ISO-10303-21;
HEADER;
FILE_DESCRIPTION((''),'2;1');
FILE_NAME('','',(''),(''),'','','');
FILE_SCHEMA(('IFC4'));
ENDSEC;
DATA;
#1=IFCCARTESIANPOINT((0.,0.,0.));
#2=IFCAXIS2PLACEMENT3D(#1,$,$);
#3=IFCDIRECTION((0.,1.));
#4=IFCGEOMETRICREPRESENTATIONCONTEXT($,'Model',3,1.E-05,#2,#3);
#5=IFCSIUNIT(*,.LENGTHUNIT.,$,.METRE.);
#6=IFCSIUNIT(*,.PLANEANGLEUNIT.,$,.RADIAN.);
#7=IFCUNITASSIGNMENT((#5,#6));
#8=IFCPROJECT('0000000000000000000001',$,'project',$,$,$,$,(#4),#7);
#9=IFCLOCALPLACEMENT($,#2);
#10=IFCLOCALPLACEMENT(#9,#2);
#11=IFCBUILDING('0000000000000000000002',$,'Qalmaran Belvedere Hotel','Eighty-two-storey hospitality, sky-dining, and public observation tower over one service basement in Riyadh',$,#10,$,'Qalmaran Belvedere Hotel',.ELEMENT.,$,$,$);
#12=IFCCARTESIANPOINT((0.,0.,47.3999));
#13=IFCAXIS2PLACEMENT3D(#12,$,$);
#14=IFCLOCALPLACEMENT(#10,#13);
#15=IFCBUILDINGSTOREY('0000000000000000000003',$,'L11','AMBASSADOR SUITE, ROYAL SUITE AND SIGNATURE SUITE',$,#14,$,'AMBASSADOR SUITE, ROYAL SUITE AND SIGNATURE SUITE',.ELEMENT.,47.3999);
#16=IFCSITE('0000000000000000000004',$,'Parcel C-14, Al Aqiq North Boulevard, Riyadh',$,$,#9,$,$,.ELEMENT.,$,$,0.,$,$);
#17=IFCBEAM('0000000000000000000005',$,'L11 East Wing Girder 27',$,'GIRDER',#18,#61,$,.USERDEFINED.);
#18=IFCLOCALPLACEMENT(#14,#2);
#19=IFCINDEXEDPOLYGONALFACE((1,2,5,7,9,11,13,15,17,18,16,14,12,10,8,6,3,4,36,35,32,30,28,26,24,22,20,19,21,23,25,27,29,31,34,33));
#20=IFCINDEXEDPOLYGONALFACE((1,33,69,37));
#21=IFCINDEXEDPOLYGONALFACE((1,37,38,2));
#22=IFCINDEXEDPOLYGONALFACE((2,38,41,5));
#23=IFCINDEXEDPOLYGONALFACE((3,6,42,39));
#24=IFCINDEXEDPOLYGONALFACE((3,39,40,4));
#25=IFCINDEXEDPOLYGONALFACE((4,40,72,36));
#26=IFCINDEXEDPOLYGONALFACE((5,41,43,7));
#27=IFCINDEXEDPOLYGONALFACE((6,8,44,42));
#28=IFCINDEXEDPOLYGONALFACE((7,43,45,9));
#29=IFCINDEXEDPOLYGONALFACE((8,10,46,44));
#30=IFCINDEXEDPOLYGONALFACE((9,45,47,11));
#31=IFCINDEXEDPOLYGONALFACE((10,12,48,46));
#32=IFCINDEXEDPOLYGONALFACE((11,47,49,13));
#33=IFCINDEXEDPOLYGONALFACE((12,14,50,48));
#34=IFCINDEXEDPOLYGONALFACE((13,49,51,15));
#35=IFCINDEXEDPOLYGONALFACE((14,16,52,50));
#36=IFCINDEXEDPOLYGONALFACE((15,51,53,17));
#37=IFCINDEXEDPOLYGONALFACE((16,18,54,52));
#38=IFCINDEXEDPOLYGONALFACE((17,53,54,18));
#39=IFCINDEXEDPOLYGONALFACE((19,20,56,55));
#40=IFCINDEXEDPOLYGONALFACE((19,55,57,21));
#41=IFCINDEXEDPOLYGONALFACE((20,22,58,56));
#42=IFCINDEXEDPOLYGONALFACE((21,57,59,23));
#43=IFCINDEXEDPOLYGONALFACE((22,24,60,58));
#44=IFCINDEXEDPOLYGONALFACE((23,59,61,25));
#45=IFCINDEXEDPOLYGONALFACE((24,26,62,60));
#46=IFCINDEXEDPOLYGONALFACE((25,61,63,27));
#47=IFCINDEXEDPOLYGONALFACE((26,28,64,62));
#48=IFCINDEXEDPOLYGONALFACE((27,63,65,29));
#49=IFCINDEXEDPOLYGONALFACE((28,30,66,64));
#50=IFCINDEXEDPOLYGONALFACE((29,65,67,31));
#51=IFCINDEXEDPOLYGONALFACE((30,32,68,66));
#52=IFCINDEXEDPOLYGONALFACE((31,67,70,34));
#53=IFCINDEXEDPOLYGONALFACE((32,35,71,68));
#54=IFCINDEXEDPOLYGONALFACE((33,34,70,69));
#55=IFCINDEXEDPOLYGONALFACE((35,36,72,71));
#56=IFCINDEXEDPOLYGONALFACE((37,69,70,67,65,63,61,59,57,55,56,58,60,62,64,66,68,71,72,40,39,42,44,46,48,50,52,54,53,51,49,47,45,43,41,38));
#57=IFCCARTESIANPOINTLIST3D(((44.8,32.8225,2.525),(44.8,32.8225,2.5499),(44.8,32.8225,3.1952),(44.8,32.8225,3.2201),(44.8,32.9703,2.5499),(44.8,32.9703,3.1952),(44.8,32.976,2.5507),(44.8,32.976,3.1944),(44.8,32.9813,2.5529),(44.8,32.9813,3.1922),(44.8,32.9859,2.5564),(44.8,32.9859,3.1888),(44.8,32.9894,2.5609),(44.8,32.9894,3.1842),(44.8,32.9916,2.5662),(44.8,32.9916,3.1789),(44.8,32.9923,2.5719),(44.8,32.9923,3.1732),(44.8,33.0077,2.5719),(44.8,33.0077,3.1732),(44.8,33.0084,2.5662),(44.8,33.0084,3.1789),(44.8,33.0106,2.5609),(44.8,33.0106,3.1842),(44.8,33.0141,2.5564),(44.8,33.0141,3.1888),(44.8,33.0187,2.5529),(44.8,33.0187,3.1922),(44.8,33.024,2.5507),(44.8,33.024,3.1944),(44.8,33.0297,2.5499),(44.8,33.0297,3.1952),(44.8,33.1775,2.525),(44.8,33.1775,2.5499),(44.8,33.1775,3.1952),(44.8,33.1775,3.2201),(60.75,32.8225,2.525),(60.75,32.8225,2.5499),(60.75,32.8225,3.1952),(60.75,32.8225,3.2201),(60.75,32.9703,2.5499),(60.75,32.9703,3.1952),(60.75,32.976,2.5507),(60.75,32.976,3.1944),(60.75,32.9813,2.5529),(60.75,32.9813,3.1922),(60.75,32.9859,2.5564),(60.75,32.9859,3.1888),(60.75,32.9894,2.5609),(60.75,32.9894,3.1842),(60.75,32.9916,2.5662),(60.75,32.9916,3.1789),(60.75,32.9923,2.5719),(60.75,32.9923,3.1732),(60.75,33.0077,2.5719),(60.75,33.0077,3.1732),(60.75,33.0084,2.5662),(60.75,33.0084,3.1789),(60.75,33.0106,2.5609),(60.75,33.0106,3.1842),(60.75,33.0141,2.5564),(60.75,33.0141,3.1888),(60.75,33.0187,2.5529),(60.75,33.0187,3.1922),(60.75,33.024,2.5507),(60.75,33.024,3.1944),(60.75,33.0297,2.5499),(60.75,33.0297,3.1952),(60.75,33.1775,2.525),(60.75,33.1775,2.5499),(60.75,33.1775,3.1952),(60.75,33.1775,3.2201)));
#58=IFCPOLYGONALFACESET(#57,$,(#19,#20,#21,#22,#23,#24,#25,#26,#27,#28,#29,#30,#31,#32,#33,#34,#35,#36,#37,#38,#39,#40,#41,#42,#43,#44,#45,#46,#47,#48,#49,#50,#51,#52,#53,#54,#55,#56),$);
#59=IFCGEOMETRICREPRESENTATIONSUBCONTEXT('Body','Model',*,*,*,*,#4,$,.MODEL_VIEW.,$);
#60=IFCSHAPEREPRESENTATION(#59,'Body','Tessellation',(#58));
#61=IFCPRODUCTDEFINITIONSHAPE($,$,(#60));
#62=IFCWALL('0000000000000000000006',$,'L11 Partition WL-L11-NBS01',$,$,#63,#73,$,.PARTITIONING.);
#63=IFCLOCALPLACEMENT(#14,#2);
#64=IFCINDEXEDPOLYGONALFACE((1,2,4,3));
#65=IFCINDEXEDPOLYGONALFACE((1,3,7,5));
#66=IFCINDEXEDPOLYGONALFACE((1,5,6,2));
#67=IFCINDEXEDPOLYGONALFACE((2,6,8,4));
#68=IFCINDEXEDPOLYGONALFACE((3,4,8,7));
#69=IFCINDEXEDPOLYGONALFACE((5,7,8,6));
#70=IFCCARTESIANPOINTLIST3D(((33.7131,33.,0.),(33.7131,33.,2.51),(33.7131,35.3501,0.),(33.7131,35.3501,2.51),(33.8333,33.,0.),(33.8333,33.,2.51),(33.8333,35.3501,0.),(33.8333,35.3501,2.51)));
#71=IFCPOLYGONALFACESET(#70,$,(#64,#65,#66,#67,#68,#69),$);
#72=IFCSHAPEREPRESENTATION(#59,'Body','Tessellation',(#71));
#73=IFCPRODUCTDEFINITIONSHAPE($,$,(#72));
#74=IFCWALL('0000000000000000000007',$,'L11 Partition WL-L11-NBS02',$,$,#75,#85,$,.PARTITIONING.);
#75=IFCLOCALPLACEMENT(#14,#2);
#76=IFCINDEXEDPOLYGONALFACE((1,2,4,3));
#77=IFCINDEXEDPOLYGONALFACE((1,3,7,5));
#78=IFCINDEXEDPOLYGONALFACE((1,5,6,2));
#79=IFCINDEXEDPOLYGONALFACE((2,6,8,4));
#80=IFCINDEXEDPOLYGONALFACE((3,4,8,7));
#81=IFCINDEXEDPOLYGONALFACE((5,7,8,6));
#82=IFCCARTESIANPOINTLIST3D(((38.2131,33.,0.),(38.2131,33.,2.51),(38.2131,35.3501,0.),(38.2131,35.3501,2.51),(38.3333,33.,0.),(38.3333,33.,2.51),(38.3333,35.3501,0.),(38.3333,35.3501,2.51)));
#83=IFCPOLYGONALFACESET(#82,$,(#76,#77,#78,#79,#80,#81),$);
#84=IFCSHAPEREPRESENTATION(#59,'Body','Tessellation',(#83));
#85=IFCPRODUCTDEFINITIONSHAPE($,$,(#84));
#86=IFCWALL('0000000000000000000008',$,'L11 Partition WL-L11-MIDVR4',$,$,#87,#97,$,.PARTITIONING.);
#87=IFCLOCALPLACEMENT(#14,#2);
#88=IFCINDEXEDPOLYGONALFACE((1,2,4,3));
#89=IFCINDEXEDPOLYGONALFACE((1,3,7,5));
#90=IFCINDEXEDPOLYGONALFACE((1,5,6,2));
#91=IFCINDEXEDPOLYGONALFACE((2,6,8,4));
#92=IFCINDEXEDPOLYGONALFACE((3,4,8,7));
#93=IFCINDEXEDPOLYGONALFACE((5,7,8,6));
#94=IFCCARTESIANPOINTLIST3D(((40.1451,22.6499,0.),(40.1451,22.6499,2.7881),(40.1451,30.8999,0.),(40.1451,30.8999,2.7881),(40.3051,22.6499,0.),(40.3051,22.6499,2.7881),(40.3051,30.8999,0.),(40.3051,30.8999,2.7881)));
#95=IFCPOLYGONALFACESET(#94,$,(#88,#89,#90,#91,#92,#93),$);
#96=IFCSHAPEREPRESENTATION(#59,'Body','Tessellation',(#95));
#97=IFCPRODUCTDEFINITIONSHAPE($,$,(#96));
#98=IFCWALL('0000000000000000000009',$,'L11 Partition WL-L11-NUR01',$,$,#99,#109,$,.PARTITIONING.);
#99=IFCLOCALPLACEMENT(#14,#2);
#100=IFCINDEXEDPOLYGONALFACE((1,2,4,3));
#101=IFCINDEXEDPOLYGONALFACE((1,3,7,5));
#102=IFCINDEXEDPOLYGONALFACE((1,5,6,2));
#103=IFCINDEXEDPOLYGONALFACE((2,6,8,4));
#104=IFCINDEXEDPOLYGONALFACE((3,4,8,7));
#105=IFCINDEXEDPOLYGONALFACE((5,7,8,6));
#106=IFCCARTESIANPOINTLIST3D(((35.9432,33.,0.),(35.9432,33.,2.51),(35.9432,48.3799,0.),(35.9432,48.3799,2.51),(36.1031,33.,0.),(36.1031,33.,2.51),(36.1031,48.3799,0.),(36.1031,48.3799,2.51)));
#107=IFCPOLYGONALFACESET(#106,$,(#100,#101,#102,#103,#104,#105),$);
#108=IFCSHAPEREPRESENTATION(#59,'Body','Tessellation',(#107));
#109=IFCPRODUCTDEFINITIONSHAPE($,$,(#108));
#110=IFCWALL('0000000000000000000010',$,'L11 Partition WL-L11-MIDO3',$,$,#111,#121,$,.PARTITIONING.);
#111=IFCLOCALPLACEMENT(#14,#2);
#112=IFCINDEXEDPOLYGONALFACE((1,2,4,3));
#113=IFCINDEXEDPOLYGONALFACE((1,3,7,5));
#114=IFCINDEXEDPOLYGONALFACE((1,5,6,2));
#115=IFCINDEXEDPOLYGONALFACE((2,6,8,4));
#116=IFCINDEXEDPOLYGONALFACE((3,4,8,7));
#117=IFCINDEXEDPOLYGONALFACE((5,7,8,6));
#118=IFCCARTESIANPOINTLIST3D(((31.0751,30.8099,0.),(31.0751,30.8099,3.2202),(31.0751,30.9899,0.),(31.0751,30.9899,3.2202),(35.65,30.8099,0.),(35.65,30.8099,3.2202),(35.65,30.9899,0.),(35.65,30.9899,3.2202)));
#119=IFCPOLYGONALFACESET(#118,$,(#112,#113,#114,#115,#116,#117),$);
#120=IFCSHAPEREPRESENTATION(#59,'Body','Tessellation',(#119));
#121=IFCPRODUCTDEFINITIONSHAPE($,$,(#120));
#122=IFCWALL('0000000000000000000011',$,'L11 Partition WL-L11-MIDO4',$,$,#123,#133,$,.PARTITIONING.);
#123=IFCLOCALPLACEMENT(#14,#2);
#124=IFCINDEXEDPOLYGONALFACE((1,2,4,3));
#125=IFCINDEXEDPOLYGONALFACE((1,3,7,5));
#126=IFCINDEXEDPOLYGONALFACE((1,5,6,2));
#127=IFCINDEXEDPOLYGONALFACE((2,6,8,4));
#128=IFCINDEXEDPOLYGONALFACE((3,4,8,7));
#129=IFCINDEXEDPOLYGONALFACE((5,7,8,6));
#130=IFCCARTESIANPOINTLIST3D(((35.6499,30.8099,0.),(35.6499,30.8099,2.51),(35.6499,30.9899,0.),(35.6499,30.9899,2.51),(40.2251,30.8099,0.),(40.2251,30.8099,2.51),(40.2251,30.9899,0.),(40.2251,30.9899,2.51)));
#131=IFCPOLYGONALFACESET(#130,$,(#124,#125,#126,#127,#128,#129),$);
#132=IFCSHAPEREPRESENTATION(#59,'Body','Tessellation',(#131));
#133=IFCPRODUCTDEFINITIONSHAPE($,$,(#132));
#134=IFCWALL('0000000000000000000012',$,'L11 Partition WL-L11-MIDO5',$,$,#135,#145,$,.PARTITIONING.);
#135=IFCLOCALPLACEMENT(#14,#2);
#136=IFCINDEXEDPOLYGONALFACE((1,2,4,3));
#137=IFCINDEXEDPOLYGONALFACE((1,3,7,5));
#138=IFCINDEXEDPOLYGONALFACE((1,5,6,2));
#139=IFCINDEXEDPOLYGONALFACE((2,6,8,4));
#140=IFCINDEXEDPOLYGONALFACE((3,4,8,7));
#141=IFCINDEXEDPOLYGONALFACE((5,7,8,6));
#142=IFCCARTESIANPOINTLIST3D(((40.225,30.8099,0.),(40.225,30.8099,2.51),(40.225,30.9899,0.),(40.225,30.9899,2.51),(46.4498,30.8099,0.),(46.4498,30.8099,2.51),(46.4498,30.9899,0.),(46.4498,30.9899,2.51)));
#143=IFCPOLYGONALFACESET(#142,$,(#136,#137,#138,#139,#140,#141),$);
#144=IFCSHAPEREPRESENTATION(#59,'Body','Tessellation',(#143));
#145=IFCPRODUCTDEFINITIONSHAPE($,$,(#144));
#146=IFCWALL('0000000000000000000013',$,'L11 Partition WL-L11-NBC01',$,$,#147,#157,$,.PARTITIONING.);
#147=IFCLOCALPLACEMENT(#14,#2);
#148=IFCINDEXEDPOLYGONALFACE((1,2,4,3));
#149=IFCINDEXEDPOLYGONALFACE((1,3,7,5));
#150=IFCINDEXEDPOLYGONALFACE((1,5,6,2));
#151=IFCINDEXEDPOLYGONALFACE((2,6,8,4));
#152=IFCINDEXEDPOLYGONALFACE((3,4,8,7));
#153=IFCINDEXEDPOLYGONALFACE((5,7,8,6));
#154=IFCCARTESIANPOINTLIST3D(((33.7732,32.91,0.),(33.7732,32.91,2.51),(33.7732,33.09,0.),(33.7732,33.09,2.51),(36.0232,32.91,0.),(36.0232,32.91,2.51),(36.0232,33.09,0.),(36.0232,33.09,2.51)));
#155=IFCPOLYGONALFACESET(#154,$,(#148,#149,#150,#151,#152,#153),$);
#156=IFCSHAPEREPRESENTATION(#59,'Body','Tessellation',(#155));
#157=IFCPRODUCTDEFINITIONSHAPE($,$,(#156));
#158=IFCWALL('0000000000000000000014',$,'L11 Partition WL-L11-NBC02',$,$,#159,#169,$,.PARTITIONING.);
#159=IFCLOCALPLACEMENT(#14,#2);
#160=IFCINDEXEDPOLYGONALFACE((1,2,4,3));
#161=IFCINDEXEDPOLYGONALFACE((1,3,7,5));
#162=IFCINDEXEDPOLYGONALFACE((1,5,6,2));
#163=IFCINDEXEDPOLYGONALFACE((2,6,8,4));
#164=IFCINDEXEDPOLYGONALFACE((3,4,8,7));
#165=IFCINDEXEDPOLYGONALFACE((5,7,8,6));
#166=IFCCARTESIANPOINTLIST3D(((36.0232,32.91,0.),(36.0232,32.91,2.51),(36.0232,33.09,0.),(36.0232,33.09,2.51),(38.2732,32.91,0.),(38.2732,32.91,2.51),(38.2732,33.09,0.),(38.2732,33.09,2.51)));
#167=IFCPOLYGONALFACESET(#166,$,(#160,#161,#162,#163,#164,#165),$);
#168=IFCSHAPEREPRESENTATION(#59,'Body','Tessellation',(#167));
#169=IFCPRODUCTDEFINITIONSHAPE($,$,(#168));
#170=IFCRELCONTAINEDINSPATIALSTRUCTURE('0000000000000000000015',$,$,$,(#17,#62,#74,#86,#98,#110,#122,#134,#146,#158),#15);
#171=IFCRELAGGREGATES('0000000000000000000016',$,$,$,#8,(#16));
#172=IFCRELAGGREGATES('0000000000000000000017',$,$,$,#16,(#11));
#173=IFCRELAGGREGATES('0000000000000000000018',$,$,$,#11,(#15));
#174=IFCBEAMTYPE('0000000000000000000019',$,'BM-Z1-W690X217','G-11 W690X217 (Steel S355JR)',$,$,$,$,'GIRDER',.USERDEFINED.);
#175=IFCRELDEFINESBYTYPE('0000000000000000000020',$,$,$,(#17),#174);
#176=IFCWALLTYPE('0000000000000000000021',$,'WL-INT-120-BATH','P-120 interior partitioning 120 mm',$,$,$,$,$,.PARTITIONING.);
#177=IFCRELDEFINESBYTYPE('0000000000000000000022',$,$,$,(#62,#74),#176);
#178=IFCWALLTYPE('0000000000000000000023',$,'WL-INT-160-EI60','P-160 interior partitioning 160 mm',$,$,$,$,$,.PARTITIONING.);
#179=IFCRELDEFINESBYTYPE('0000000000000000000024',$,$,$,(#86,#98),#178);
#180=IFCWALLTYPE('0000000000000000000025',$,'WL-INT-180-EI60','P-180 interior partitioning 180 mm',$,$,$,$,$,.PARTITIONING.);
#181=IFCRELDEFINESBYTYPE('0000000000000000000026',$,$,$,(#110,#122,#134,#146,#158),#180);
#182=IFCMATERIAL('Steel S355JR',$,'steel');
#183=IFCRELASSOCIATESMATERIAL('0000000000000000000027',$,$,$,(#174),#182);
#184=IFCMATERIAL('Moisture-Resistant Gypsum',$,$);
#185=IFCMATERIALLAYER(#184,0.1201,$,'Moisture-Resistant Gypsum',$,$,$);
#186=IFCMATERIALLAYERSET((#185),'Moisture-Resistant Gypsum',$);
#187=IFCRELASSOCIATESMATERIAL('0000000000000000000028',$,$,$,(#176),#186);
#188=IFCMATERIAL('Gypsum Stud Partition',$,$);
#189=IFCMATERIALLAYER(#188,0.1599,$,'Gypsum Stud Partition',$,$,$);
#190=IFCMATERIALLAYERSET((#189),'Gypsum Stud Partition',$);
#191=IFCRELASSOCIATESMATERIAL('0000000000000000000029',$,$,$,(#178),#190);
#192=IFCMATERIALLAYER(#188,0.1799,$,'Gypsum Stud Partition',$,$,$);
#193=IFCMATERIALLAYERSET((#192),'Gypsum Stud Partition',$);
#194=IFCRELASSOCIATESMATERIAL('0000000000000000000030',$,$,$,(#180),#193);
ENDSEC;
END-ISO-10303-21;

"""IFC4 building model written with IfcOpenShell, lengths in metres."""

from ifc_helpers import new_model, si_unit, direction, frame, frame_2d, origin, origin_2d, place, context, subcontext, project, spatial, rectangle, i_section, extrude, material, layer, layer_set, material_profile, profile_set, type_object, element, save


model = new_model("IFC4")

# Units and contexts
model_context = context("Model", 3, precision=1e-05, world=origin(), true_north=direction((0.0, 1.0)))
body_context = subcontext(model_context, "Body", "Model", "MODEL_VIEW")
ifc_project = project(units=[si_unit("LENGTHUNIT", "METRE"), si_unit("PLANEANGLEUNIT", "RADIAN")], contexts=[model_context])

# Site, building, storey
site_placement = place(None, origin())
site = spatial("IfcSite", under=ifc_project, at=site_placement, Name="Parcel C-14, Al Aqiq North Boulevard, Riyadh", CompositionType="ELEMENT", RefElevation=0.0)
building_placement = place(site_placement, origin())
building = spatial("IfcBuilding", under=site, at=building_placement, Name="Qalmaran Belvedere Hotel", Description="Eighty-two-storey hospitality, sky-dining, and public observation tower over one service basement in Riyadh", LongName="Qalmaran Belvedere Hotel", CompositionType="ELEMENT")
storey_placement = place(building_placement, frame((0.0, 0.0, 47.3999)))
storey = spatial("IfcBuildingStorey", under=building, at=storey_placement, Name="L11", Description="AMBASSADOR SUITE, ROYAL SUITE AND SIGNATURE SUITE", LongName="AMBASSADOR SUITE, ROYAL SUITE AND SIGNATURE SUITE", CompositionType="ELEMENT", Elevation=47.3999)

# Beam
ifc_material_1 = material(Name="Steel S355JR", Category="steel")
ifc_material_profile_1 = material_profile(ifc_material_1, i_section(OverallWidth=0.355, OverallDepth=0.6951, WebThickness=0.0154, FlangeThickness=0.0249, FilletRadius=0.022, at=origin_2d()), Name="W690X217")
ifc_profile_set_1 = profile_set([ifc_material_profile_1], Name="Steel S355JR")
beam_type_1 = type_object("IfcBeamType", Name="BM-Z1-W690X217", Description="G-11 W690X217 (Steel S355JR)", ElementType="GIRDER", PredefinedType="USERDEFINED", material=ifc_profile_set_1)
beam_1_placement = place(storey_placement, frame((44.8, 33.0, 2.8726), z_axis=(1.0, 0.0, 0.0), x_axis=(0.0, 1.0, 0.0)))
element("IfcBeam", 1, at=beam_1_placement, inside=storey, type_object=beam_type_1, Name="L11 East Wing Girder 27", ObjectType="GIRDER", PredefinedType="USERDEFINED", context=body_context, shape_type="SweptSolid", body=[
    extrude(i_section(OverallWidth=0.355, OverallDepth=0.6951, WebThickness=0.0154, FlangeThickness=0.0249, FilletRadius=0.022, at=origin_2d()), origin(), (0.0, 0.0, 1.0), 15.95),
])

# Walls
ifc_material_2 = material(Name="Moisture-Resistant Gypsum")
ifc_layer_1 = layer(ifc_material_2, 0.1201, Name="Moisture-Resistant Gypsum")
ifc_layer_set_1 = layer_set([ifc_layer_1], Name="Moisture-Resistant Gypsum")
wall_type_1 = type_object("IfcWallType", Name="WL-INT-120-BATH", Description="P-120 interior partitioning 120 mm", PredefinedType="PARTITIONING", material=ifc_layer_set_1)
for number, where, z_axis, x_axis, name in (
    (2, (33.7732, 33.0, 0.0), (0.0, 0.0, 1.0), (0.0, 1.0, 0.0), "L11 Partition WL-L11-NBS01"),
    (3, (38.2732, 33.0, 0.0), (0.0, 0.0, 1.0), (0.0, 1.0, 0.0), "L11 Partition WL-L11-NBS02"),
):
    element("IfcWall", number, at=place(storey_placement, frame(where, z_axis=z_axis, x_axis=x_axis)), inside=storey, type_object=wall_type_1, Name=name, PredefinedType="PARTITIONING", context=body_context, shape_type="SweptSolid", body=[
        extrude(rectangle(XDim=2.3501, YDim=0.1201, at=frame_2d((1.175, 0.0))), origin(), (0.0, 0.0, 1.0), 2.51),
    ])
ifc_material_3 = material(Name="Gypsum Stud Partition")
ifc_layer_2 = layer(ifc_material_3, 0.1599, Name="Gypsum Stud Partition")
ifc_layer_set_2 = layer_set([ifc_layer_2], Name="Gypsum Stud Partition")
wall_type_2 = type_object("IfcWallType", Name="WL-INT-160-EI60", Description="P-160 interior partitioning 160 mm", PredefinedType="PARTITIONING", material=ifc_layer_set_2)
wall_1_placement = place(storey_placement, frame((40.2251, 22.6499, 0.0), z_axis=(0.0, 0.0, 1.0), x_axis=(0.0, 1.0, 0.0)))
element("IfcWall", 4, at=wall_1_placement, inside=storey, type_object=wall_type_2, Name="L11 Partition WL-L11-MIDVR4", PredefinedType="PARTITIONING", context=body_context, shape_type="SweptSolid", body=[
    extrude(rectangle(XDim=8.25, YDim=0.1599, at=frame_2d((4.125, 0.0))), origin(), (0.0, 0.0, 1.0), 2.7881),
])
wall_2_placement = place(storey_placement, frame((36.0232, 33.0, 0.0), z_axis=(0.0, 0.0, 1.0), x_axis=(0.0, 1.0, 0.0)))
element("IfcWall", 5, at=wall_2_placement, inside=storey, type_object=wall_type_2, Name="L11 Partition WL-L11-NUR01", PredefinedType="PARTITIONING", context=body_context, shape_type="SweptSolid", body=[
    extrude(rectangle(XDim=15.3799, YDim=0.1599, at=frame_2d((7.6899, 0.0))), origin(), (0.0, 0.0, 1.0), 2.51),
])
ifc_layer_3 = layer(ifc_material_3, 0.1799, Name="Gypsum Stud Partition")
ifc_layer_set_3 = layer_set([ifc_layer_3], Name="Gypsum Stud Partition")
wall_type_3 = type_object("IfcWallType", Name="WL-INT-180-EI60", Description="P-180 interior partitioning 180 mm", PredefinedType="PARTITIONING", material=ifc_layer_set_3)
wall_3_placement = place(storey_placement, frame((31.075, 30.8999, 0.0), z_axis=(0.0, 0.0, 1.0), x_axis=(1.0, 0.0, 0.0)))
element("IfcWall", 6, at=wall_3_placement, inside=storey, type_object=wall_type_3, Name="L11 Partition WL-L11-MIDO3", PredefinedType="PARTITIONING", context=body_context, shape_type="SweptSolid", body=[
    extrude(rectangle(XDim=4.575, YDim=0.1799, at=frame_2d((2.2876, 0.0))), origin(), (0.0, 0.0, 1.0), 3.2202),
])

# Wall
wall_4_placement = place(storey_placement, frame((35.6499, 30.8999, 0.0), z_axis=(0.0, 0.0, 1.0), x_axis=(1.0, 0.0, 0.0)))
element("IfcWall", 7, at=wall_4_placement, inside=storey, type_object=wall_type_3, Name="L11 Partition WL-L11-MIDO4", PredefinedType="PARTITIONING", context=body_context, shape_type="SweptSolid", body=[
    extrude(rectangle(XDim=4.5752, YDim=0.1799, at=frame_2d((2.2876, 0.0))), origin(), (0.0, 0.0, 1.0), 2.51),
])

# Walls
wall_5_placement = place(storey_placement, frame((40.2251, 30.8999, 0.0), z_axis=(0.0, 0.0, 1.0), x_axis=(1.0, 0.0, 0.0)))
element("IfcWall", 8, at=wall_5_placement, inside=storey, type_object=wall_type_3, Name="L11 Partition WL-L11-MIDO5", PredefinedType="PARTITIONING", context=body_context, shape_type="SweptSolid", body=[
    extrude(rectangle(XDim=6.2249, YDim=0.1799, at=frame_2d((3.1123, 0.0))), origin(), (0.0, 0.0, 1.0), 2.51),
])
for number, where, z_axis, x_axis, name in (
    (9, (33.7732, 33.0, 0.0), (0.0, 0.0, 1.0), (1.0, 0.0, 0.0), "L11 Partition WL-L11-NBC01"),
    (10, (36.0232, 33.0, 0.0), (0.0, 0.0, 1.0), (1.0, 0.0, 0.0), "L11 Partition WL-L11-NBC02"),
):
    element("IfcWall", number, at=place(storey_placement, frame(where, z_axis=z_axis, x_axis=x_axis)), inside=storey, type_object=wall_type_3, Name=name, PredefinedType="PARTITIONING", context=body_context, shape_type="SweptSolid", body=[
        extrude(rectangle(XDim=2.25, YDim=0.1799, at=frame_2d((1.125, 0.0))), origin(), (0.0, 0.0, 1.0), 2.51),
    ])

save(model, "model.ifc")
